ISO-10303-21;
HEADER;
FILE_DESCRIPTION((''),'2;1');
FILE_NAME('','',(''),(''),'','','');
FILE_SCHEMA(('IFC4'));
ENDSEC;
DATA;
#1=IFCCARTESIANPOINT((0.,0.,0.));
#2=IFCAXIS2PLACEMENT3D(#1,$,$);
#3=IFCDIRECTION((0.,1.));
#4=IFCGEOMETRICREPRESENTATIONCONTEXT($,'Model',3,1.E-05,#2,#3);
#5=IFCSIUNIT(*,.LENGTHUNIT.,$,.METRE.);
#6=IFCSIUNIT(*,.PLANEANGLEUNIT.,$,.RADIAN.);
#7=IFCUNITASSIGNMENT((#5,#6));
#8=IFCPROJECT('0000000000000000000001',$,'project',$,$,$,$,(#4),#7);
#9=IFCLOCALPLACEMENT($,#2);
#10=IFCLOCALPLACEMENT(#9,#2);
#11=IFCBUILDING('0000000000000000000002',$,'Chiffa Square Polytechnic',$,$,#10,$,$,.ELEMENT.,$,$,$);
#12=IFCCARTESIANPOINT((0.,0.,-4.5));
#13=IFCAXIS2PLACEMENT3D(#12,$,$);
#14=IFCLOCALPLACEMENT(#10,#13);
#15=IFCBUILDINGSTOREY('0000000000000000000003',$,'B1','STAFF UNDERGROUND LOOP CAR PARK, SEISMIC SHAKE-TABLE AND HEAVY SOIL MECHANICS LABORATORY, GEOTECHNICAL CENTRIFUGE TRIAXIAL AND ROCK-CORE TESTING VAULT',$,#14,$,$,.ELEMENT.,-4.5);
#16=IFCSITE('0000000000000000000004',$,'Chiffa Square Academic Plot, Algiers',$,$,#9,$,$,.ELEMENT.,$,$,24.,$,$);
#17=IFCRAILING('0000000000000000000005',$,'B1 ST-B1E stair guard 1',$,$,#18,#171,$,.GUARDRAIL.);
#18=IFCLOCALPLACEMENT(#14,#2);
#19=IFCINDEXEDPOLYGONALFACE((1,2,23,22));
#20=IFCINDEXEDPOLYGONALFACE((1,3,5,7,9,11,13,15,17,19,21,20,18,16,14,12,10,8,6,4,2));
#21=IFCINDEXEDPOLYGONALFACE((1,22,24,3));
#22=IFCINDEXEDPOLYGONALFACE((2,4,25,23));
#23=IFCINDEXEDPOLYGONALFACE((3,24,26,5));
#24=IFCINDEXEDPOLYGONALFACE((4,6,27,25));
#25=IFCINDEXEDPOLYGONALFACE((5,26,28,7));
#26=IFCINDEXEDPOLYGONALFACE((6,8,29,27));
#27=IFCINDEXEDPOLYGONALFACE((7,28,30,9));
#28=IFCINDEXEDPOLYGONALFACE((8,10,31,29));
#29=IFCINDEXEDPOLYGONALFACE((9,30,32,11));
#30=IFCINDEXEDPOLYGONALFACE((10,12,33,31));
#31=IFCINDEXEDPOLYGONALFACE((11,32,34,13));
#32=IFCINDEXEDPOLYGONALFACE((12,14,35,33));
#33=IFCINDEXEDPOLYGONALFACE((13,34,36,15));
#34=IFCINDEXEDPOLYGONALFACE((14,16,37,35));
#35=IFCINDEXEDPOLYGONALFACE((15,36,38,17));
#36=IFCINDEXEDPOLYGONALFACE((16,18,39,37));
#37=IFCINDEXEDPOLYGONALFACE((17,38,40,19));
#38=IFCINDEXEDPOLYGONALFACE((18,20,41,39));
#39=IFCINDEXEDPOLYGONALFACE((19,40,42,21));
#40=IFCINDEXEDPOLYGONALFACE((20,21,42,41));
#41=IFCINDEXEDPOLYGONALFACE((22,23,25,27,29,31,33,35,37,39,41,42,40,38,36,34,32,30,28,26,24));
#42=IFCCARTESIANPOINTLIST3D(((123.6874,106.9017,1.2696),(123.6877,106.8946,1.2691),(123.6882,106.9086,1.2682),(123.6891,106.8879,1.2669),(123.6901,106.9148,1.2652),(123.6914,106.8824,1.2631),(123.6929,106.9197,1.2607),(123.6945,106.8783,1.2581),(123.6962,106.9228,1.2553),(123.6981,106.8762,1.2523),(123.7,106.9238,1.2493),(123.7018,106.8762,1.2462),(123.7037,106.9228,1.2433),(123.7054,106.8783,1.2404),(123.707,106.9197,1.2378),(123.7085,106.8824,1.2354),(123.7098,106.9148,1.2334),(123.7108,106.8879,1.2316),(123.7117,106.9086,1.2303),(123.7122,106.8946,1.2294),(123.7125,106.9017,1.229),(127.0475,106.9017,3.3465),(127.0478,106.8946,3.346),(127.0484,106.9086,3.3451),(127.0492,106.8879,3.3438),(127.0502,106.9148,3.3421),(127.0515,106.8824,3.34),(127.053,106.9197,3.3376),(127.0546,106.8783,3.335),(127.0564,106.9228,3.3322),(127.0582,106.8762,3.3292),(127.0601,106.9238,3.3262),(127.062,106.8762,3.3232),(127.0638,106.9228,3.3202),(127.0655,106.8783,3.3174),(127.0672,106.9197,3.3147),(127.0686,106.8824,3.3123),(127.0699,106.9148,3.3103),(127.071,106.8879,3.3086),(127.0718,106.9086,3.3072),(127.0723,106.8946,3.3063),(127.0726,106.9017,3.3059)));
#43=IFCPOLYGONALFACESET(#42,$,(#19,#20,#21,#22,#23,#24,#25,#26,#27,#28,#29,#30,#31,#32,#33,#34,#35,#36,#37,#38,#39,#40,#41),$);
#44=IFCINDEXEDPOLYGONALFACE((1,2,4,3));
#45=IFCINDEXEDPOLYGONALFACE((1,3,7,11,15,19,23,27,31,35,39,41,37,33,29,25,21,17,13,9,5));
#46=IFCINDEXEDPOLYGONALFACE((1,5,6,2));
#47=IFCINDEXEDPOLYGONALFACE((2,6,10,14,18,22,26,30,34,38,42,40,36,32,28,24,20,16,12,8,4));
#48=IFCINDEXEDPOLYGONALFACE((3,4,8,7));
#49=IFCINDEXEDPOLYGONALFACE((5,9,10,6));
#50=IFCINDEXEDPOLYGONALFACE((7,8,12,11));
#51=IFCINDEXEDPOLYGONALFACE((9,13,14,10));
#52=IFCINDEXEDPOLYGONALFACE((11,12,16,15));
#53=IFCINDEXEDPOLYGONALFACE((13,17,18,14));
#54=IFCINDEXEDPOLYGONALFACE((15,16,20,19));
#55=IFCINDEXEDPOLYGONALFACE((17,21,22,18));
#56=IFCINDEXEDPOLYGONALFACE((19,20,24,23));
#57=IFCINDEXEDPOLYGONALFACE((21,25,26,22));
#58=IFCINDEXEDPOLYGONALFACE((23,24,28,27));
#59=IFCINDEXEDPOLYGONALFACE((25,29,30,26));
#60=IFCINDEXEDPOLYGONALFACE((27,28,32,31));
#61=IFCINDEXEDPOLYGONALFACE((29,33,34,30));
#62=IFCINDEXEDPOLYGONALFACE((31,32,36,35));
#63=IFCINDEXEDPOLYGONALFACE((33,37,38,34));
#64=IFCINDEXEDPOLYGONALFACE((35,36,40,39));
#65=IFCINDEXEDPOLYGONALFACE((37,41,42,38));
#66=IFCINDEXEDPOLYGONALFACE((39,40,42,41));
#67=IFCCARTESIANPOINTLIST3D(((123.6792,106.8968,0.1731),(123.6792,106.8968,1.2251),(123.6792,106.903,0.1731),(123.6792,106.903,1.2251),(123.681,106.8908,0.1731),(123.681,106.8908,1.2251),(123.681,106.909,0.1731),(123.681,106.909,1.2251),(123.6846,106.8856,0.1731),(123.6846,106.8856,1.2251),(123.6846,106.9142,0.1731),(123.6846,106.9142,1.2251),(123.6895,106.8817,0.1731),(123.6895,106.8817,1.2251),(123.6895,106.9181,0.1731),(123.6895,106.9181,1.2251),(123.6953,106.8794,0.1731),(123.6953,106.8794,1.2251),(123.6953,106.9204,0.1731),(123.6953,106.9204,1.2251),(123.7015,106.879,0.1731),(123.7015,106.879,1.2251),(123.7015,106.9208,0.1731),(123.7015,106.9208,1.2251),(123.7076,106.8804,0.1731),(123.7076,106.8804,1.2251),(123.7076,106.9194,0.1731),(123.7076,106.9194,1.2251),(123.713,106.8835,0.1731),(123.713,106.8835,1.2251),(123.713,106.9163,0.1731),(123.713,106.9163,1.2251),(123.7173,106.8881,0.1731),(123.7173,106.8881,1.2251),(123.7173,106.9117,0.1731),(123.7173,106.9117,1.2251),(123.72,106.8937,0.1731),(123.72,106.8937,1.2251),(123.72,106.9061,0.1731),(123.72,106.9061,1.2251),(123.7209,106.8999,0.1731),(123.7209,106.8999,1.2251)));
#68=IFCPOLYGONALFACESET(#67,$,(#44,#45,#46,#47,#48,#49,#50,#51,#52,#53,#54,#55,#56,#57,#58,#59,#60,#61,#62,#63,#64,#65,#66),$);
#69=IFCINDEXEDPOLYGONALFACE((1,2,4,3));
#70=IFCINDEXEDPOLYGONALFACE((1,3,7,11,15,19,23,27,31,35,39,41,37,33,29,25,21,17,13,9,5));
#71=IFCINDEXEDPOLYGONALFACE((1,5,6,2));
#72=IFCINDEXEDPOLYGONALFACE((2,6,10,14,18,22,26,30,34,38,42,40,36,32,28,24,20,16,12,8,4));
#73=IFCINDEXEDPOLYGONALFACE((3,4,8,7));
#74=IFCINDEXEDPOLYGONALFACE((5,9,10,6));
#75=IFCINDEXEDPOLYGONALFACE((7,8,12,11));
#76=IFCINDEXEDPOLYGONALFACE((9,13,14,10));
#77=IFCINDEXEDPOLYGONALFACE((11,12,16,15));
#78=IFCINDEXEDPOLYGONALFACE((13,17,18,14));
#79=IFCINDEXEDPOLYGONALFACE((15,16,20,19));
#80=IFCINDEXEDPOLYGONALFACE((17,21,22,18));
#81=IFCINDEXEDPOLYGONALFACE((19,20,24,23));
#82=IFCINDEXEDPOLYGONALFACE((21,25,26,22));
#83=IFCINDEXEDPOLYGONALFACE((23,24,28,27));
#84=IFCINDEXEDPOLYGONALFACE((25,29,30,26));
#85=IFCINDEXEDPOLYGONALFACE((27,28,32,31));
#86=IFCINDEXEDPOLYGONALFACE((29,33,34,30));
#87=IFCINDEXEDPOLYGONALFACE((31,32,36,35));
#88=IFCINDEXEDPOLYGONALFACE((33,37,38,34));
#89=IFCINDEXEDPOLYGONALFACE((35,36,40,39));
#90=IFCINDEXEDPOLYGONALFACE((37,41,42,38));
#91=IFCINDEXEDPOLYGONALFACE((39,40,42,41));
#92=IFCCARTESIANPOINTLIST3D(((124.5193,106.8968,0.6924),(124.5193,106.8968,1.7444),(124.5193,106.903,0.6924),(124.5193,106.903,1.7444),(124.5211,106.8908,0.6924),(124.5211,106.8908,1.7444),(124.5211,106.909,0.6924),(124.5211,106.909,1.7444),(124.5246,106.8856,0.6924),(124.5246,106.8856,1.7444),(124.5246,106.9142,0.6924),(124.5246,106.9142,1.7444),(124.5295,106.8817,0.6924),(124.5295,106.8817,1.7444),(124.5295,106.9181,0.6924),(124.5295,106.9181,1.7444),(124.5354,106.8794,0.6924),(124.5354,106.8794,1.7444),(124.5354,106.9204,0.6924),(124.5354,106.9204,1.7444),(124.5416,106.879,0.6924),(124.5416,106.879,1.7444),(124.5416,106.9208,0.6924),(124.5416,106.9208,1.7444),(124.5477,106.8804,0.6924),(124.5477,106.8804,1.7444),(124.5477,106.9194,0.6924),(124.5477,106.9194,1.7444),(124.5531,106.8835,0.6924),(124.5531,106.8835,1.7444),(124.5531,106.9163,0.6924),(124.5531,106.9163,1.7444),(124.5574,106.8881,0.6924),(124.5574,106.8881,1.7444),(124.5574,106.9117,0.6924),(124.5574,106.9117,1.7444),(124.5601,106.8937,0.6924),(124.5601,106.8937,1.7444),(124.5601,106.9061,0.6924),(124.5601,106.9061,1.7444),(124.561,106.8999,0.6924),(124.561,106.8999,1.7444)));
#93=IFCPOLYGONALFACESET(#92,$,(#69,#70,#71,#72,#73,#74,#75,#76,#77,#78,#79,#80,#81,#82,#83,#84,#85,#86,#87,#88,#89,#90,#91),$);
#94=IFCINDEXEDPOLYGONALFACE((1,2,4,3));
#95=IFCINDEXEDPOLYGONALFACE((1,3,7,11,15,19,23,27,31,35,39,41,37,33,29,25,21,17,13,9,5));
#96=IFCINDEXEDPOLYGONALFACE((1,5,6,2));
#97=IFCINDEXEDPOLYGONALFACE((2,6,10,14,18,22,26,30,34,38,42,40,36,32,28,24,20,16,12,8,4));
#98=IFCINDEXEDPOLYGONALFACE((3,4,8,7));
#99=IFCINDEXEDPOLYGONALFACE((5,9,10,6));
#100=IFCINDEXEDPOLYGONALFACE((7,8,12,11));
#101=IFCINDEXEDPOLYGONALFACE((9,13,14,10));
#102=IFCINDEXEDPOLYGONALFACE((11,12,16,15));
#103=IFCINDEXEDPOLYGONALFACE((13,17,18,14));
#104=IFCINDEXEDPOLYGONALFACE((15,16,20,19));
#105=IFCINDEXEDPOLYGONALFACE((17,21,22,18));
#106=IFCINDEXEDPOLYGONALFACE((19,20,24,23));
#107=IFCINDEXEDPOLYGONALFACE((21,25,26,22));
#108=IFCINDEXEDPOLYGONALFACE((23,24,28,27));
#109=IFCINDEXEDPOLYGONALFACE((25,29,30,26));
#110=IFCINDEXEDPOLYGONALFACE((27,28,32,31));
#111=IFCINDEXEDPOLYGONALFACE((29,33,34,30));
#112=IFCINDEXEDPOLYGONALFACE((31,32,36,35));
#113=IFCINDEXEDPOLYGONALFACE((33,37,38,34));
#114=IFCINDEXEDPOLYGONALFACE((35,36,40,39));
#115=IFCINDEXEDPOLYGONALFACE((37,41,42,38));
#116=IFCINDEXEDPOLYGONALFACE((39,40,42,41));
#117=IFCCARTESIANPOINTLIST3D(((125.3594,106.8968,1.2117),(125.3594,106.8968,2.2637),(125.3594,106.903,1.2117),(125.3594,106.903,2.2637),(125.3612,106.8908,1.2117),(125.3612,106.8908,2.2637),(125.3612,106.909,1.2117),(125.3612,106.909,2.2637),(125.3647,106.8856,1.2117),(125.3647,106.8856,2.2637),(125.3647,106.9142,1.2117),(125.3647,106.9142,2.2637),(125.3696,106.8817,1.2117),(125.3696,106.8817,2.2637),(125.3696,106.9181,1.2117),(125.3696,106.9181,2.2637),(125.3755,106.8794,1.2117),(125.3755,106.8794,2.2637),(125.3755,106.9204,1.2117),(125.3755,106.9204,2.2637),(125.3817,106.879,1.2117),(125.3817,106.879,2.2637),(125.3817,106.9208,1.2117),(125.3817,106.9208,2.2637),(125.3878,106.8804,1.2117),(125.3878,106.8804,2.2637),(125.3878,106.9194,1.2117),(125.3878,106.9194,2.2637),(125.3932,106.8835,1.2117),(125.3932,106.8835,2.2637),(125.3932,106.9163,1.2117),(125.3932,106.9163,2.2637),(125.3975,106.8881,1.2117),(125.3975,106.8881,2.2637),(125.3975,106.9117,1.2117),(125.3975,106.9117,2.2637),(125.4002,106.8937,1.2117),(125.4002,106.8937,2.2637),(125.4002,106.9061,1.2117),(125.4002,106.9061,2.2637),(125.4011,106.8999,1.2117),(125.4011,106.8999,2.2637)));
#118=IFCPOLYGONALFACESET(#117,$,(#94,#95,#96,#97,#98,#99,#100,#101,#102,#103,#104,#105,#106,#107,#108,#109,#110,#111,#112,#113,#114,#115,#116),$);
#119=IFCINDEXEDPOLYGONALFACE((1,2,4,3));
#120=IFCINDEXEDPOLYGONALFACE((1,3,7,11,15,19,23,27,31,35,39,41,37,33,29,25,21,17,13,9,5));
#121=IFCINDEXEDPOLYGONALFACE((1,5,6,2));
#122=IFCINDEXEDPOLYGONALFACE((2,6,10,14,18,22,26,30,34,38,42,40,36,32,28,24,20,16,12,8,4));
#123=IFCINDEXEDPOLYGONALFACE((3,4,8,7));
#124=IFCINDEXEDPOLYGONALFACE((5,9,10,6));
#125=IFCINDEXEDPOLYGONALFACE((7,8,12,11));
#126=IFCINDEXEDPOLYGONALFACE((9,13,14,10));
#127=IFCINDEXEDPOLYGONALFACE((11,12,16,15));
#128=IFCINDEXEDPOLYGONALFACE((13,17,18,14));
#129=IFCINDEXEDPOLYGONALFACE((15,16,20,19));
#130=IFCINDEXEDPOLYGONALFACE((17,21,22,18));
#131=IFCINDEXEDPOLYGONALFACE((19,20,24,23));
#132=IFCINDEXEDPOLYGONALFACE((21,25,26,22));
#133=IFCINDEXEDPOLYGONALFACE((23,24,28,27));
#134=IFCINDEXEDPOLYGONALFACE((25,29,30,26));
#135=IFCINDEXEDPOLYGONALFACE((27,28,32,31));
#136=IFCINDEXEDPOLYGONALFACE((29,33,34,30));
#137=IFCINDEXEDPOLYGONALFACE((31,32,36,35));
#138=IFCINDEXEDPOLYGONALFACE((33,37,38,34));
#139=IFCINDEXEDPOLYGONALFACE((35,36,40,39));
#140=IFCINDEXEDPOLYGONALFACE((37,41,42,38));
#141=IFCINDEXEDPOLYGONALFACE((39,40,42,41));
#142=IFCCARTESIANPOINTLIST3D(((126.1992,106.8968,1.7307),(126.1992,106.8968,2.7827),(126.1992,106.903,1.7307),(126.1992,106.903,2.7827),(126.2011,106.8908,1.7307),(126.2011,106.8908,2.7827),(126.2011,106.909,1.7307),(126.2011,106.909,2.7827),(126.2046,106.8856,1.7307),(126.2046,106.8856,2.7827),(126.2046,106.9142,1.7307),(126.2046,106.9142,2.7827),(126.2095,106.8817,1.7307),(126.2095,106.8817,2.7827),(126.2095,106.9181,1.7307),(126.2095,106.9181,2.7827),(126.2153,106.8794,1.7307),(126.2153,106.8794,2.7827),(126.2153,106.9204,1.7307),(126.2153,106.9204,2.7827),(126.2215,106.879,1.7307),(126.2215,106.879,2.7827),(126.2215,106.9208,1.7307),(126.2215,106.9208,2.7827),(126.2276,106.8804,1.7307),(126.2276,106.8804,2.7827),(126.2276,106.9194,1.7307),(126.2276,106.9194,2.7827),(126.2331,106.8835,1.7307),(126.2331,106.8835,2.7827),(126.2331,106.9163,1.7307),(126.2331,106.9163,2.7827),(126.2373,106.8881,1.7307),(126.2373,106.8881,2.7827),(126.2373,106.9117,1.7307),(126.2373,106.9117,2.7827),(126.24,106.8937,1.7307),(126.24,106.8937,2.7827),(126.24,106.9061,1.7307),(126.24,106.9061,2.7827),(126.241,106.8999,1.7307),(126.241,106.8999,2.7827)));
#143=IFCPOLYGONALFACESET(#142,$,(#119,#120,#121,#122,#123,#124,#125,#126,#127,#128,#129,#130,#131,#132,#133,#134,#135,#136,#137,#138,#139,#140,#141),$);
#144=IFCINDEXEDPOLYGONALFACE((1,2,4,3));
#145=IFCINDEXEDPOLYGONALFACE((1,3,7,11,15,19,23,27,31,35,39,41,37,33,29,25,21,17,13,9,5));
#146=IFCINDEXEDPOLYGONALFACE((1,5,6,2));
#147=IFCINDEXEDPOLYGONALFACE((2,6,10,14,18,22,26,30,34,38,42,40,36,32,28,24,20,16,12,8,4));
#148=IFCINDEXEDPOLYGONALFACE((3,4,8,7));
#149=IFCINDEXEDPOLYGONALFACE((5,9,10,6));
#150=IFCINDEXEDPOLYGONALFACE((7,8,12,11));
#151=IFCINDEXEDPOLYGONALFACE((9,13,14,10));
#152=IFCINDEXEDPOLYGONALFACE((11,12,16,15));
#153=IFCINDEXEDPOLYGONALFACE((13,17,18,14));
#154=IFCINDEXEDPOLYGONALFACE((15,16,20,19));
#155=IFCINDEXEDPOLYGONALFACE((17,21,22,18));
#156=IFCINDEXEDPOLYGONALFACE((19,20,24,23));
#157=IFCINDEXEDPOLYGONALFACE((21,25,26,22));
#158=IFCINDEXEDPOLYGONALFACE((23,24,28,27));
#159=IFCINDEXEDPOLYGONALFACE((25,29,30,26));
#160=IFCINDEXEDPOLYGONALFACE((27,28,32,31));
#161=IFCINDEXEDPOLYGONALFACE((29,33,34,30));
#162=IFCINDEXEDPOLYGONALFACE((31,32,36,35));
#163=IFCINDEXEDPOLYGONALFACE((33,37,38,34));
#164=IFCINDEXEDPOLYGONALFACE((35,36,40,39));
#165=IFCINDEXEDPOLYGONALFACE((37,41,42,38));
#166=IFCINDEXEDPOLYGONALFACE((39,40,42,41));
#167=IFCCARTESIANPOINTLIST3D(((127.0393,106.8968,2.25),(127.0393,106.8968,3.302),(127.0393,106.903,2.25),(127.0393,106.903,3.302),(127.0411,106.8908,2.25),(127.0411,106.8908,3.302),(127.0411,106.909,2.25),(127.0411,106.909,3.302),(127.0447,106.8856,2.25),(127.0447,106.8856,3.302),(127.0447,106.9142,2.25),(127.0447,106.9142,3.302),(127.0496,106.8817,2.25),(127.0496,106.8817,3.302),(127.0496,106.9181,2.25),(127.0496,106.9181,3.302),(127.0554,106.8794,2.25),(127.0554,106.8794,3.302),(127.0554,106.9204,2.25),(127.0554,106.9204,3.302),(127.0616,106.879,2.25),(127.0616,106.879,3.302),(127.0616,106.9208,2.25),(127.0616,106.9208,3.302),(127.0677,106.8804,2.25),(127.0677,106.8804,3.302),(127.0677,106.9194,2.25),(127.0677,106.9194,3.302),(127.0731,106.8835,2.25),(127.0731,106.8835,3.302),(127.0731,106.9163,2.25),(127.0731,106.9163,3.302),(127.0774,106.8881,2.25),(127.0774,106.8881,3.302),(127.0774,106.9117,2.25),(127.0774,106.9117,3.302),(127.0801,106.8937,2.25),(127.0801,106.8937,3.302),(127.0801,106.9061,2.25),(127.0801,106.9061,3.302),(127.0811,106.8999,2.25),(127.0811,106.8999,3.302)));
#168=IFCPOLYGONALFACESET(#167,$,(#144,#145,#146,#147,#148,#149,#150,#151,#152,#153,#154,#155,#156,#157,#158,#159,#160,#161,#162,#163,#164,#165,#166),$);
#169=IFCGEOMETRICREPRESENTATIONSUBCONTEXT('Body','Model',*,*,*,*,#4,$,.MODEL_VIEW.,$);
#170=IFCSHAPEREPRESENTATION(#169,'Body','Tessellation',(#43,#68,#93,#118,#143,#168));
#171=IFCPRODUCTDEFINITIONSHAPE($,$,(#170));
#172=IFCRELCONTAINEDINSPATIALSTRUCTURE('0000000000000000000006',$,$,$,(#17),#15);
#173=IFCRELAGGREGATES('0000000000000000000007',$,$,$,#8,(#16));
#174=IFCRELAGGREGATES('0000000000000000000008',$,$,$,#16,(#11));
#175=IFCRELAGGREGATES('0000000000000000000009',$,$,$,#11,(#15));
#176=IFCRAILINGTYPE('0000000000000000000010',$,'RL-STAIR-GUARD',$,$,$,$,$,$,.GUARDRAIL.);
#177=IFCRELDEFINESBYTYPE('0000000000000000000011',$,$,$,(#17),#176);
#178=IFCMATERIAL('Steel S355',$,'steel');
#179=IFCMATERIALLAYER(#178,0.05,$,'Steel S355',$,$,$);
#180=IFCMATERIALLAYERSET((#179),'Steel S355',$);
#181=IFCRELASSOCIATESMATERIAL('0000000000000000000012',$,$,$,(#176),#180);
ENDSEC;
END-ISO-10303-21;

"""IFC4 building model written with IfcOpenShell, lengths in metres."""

from ifc_helpers import new_model, si_unit, direction, frame, origin, origin_2d, place, context, subcontext, project, spatial, circle, extrude, material, layer, layer_set, type_object, element, save


model = new_model("IFC4")

# Units and contexts
model_context = context("Model", 3, precision=1e-05, world=origin(), true_north=direction((0.0, 1.0)))
body_context = subcontext(model_context, "Body", "Model", "MODEL_VIEW")
ifc_project = project(units=[si_unit("LENGTHUNIT", "METRE"), si_unit("PLANEANGLEUNIT", "RADIAN")], contexts=[model_context])

# Site, building, storey
site_placement = place(None, origin())
site = spatial("IfcSite", under=ifc_project, at=site_placement, Name="Chiffa Square Academic Plot, Algiers", CompositionType="ELEMENT", RefElevation=24.0)
building_placement = place(site_placement, origin())
building = spatial("IfcBuilding", under=site, at=building_placement, Name="Chiffa Square Polytechnic", CompositionType="ELEMENT")
storey_placement = place(building_placement, frame((0.0, 0.0, -4.5)))
storey = spatial("IfcBuildingStorey", under=building, at=storey_placement, Name="B1", Description="STAFF UNDERGROUND LOOP CAR PARK, SEISMIC SHAKE-TABLE AND HEAVY SOIL MECHANICS LABORATORY, GEOTECHNICAL CENTRIFUGE TRIAXIAL AND ROCK-CORE TESTING VAULT", CompositionType="ELEMENT", Elevation=-4.5)

# Railing
ifc_material_1 = material(Name="Steel S355", Category="steel")
ifc_layer_1 = layer(ifc_material_1, 0.05, Name="Steel S355")
ifc_layer_set_1 = layer_set([ifc_layer_1], Name="Steel S355")
railing_type_1 = type_object("IfcRailingType", Name="RL-STAIR-GUARD", PredefinedType="GUARDRAIL", material=ifc_layer_set_1)
railing_1_placement = place(storey_placement, frame((123.7, 106.8999, 0.1731)))
element("IfcRailing", 1, at=railing_1_placement, inside=storey, type_object=railing_type_1, Name="B1 ST-B1E stair guard 1", PredefinedType="GUARDRAIL", context=body_context, shape_type="SweptSolid", body=[
    extrude(circle(Radius=0.0239, at=origin_2d()), frame((0.0, 0.0, 1.0762), z_axis=(0.850623, 0.0, 0.525776), x_axis=(0.0, 1.0, 0.0)), (0.0, 0.0, 1.0), 3.9502),
    extrude(circle(Radius=0.021, at=origin_2d()), origin(), (0.0, 0.0, 1.0), 1.052),
    extrude(circle(Radius=0.021, at=origin_2d()), frame((0.8401, 0.0, 0.5193)), (0.0, 0.0, 1.0), 1.052),
    extrude(circle(Radius=0.021, at=origin_2d()), frame((1.6802, 0.0, 1.0386)), (0.0, 0.0, 1.0), 1.052),
    extrude(circle(Radius=0.021, at=origin_2d()), frame((2.52, 0.0, 1.5576)), (0.0, 0.0, 1.0), 1.052),
    extrude(circle(Radius=0.021, at=origin_2d()), frame((3.3601, 0.0, 2.0769)), (0.0, 0.0, 1.0), 1.052),
])

save(model, "model.ifc")
